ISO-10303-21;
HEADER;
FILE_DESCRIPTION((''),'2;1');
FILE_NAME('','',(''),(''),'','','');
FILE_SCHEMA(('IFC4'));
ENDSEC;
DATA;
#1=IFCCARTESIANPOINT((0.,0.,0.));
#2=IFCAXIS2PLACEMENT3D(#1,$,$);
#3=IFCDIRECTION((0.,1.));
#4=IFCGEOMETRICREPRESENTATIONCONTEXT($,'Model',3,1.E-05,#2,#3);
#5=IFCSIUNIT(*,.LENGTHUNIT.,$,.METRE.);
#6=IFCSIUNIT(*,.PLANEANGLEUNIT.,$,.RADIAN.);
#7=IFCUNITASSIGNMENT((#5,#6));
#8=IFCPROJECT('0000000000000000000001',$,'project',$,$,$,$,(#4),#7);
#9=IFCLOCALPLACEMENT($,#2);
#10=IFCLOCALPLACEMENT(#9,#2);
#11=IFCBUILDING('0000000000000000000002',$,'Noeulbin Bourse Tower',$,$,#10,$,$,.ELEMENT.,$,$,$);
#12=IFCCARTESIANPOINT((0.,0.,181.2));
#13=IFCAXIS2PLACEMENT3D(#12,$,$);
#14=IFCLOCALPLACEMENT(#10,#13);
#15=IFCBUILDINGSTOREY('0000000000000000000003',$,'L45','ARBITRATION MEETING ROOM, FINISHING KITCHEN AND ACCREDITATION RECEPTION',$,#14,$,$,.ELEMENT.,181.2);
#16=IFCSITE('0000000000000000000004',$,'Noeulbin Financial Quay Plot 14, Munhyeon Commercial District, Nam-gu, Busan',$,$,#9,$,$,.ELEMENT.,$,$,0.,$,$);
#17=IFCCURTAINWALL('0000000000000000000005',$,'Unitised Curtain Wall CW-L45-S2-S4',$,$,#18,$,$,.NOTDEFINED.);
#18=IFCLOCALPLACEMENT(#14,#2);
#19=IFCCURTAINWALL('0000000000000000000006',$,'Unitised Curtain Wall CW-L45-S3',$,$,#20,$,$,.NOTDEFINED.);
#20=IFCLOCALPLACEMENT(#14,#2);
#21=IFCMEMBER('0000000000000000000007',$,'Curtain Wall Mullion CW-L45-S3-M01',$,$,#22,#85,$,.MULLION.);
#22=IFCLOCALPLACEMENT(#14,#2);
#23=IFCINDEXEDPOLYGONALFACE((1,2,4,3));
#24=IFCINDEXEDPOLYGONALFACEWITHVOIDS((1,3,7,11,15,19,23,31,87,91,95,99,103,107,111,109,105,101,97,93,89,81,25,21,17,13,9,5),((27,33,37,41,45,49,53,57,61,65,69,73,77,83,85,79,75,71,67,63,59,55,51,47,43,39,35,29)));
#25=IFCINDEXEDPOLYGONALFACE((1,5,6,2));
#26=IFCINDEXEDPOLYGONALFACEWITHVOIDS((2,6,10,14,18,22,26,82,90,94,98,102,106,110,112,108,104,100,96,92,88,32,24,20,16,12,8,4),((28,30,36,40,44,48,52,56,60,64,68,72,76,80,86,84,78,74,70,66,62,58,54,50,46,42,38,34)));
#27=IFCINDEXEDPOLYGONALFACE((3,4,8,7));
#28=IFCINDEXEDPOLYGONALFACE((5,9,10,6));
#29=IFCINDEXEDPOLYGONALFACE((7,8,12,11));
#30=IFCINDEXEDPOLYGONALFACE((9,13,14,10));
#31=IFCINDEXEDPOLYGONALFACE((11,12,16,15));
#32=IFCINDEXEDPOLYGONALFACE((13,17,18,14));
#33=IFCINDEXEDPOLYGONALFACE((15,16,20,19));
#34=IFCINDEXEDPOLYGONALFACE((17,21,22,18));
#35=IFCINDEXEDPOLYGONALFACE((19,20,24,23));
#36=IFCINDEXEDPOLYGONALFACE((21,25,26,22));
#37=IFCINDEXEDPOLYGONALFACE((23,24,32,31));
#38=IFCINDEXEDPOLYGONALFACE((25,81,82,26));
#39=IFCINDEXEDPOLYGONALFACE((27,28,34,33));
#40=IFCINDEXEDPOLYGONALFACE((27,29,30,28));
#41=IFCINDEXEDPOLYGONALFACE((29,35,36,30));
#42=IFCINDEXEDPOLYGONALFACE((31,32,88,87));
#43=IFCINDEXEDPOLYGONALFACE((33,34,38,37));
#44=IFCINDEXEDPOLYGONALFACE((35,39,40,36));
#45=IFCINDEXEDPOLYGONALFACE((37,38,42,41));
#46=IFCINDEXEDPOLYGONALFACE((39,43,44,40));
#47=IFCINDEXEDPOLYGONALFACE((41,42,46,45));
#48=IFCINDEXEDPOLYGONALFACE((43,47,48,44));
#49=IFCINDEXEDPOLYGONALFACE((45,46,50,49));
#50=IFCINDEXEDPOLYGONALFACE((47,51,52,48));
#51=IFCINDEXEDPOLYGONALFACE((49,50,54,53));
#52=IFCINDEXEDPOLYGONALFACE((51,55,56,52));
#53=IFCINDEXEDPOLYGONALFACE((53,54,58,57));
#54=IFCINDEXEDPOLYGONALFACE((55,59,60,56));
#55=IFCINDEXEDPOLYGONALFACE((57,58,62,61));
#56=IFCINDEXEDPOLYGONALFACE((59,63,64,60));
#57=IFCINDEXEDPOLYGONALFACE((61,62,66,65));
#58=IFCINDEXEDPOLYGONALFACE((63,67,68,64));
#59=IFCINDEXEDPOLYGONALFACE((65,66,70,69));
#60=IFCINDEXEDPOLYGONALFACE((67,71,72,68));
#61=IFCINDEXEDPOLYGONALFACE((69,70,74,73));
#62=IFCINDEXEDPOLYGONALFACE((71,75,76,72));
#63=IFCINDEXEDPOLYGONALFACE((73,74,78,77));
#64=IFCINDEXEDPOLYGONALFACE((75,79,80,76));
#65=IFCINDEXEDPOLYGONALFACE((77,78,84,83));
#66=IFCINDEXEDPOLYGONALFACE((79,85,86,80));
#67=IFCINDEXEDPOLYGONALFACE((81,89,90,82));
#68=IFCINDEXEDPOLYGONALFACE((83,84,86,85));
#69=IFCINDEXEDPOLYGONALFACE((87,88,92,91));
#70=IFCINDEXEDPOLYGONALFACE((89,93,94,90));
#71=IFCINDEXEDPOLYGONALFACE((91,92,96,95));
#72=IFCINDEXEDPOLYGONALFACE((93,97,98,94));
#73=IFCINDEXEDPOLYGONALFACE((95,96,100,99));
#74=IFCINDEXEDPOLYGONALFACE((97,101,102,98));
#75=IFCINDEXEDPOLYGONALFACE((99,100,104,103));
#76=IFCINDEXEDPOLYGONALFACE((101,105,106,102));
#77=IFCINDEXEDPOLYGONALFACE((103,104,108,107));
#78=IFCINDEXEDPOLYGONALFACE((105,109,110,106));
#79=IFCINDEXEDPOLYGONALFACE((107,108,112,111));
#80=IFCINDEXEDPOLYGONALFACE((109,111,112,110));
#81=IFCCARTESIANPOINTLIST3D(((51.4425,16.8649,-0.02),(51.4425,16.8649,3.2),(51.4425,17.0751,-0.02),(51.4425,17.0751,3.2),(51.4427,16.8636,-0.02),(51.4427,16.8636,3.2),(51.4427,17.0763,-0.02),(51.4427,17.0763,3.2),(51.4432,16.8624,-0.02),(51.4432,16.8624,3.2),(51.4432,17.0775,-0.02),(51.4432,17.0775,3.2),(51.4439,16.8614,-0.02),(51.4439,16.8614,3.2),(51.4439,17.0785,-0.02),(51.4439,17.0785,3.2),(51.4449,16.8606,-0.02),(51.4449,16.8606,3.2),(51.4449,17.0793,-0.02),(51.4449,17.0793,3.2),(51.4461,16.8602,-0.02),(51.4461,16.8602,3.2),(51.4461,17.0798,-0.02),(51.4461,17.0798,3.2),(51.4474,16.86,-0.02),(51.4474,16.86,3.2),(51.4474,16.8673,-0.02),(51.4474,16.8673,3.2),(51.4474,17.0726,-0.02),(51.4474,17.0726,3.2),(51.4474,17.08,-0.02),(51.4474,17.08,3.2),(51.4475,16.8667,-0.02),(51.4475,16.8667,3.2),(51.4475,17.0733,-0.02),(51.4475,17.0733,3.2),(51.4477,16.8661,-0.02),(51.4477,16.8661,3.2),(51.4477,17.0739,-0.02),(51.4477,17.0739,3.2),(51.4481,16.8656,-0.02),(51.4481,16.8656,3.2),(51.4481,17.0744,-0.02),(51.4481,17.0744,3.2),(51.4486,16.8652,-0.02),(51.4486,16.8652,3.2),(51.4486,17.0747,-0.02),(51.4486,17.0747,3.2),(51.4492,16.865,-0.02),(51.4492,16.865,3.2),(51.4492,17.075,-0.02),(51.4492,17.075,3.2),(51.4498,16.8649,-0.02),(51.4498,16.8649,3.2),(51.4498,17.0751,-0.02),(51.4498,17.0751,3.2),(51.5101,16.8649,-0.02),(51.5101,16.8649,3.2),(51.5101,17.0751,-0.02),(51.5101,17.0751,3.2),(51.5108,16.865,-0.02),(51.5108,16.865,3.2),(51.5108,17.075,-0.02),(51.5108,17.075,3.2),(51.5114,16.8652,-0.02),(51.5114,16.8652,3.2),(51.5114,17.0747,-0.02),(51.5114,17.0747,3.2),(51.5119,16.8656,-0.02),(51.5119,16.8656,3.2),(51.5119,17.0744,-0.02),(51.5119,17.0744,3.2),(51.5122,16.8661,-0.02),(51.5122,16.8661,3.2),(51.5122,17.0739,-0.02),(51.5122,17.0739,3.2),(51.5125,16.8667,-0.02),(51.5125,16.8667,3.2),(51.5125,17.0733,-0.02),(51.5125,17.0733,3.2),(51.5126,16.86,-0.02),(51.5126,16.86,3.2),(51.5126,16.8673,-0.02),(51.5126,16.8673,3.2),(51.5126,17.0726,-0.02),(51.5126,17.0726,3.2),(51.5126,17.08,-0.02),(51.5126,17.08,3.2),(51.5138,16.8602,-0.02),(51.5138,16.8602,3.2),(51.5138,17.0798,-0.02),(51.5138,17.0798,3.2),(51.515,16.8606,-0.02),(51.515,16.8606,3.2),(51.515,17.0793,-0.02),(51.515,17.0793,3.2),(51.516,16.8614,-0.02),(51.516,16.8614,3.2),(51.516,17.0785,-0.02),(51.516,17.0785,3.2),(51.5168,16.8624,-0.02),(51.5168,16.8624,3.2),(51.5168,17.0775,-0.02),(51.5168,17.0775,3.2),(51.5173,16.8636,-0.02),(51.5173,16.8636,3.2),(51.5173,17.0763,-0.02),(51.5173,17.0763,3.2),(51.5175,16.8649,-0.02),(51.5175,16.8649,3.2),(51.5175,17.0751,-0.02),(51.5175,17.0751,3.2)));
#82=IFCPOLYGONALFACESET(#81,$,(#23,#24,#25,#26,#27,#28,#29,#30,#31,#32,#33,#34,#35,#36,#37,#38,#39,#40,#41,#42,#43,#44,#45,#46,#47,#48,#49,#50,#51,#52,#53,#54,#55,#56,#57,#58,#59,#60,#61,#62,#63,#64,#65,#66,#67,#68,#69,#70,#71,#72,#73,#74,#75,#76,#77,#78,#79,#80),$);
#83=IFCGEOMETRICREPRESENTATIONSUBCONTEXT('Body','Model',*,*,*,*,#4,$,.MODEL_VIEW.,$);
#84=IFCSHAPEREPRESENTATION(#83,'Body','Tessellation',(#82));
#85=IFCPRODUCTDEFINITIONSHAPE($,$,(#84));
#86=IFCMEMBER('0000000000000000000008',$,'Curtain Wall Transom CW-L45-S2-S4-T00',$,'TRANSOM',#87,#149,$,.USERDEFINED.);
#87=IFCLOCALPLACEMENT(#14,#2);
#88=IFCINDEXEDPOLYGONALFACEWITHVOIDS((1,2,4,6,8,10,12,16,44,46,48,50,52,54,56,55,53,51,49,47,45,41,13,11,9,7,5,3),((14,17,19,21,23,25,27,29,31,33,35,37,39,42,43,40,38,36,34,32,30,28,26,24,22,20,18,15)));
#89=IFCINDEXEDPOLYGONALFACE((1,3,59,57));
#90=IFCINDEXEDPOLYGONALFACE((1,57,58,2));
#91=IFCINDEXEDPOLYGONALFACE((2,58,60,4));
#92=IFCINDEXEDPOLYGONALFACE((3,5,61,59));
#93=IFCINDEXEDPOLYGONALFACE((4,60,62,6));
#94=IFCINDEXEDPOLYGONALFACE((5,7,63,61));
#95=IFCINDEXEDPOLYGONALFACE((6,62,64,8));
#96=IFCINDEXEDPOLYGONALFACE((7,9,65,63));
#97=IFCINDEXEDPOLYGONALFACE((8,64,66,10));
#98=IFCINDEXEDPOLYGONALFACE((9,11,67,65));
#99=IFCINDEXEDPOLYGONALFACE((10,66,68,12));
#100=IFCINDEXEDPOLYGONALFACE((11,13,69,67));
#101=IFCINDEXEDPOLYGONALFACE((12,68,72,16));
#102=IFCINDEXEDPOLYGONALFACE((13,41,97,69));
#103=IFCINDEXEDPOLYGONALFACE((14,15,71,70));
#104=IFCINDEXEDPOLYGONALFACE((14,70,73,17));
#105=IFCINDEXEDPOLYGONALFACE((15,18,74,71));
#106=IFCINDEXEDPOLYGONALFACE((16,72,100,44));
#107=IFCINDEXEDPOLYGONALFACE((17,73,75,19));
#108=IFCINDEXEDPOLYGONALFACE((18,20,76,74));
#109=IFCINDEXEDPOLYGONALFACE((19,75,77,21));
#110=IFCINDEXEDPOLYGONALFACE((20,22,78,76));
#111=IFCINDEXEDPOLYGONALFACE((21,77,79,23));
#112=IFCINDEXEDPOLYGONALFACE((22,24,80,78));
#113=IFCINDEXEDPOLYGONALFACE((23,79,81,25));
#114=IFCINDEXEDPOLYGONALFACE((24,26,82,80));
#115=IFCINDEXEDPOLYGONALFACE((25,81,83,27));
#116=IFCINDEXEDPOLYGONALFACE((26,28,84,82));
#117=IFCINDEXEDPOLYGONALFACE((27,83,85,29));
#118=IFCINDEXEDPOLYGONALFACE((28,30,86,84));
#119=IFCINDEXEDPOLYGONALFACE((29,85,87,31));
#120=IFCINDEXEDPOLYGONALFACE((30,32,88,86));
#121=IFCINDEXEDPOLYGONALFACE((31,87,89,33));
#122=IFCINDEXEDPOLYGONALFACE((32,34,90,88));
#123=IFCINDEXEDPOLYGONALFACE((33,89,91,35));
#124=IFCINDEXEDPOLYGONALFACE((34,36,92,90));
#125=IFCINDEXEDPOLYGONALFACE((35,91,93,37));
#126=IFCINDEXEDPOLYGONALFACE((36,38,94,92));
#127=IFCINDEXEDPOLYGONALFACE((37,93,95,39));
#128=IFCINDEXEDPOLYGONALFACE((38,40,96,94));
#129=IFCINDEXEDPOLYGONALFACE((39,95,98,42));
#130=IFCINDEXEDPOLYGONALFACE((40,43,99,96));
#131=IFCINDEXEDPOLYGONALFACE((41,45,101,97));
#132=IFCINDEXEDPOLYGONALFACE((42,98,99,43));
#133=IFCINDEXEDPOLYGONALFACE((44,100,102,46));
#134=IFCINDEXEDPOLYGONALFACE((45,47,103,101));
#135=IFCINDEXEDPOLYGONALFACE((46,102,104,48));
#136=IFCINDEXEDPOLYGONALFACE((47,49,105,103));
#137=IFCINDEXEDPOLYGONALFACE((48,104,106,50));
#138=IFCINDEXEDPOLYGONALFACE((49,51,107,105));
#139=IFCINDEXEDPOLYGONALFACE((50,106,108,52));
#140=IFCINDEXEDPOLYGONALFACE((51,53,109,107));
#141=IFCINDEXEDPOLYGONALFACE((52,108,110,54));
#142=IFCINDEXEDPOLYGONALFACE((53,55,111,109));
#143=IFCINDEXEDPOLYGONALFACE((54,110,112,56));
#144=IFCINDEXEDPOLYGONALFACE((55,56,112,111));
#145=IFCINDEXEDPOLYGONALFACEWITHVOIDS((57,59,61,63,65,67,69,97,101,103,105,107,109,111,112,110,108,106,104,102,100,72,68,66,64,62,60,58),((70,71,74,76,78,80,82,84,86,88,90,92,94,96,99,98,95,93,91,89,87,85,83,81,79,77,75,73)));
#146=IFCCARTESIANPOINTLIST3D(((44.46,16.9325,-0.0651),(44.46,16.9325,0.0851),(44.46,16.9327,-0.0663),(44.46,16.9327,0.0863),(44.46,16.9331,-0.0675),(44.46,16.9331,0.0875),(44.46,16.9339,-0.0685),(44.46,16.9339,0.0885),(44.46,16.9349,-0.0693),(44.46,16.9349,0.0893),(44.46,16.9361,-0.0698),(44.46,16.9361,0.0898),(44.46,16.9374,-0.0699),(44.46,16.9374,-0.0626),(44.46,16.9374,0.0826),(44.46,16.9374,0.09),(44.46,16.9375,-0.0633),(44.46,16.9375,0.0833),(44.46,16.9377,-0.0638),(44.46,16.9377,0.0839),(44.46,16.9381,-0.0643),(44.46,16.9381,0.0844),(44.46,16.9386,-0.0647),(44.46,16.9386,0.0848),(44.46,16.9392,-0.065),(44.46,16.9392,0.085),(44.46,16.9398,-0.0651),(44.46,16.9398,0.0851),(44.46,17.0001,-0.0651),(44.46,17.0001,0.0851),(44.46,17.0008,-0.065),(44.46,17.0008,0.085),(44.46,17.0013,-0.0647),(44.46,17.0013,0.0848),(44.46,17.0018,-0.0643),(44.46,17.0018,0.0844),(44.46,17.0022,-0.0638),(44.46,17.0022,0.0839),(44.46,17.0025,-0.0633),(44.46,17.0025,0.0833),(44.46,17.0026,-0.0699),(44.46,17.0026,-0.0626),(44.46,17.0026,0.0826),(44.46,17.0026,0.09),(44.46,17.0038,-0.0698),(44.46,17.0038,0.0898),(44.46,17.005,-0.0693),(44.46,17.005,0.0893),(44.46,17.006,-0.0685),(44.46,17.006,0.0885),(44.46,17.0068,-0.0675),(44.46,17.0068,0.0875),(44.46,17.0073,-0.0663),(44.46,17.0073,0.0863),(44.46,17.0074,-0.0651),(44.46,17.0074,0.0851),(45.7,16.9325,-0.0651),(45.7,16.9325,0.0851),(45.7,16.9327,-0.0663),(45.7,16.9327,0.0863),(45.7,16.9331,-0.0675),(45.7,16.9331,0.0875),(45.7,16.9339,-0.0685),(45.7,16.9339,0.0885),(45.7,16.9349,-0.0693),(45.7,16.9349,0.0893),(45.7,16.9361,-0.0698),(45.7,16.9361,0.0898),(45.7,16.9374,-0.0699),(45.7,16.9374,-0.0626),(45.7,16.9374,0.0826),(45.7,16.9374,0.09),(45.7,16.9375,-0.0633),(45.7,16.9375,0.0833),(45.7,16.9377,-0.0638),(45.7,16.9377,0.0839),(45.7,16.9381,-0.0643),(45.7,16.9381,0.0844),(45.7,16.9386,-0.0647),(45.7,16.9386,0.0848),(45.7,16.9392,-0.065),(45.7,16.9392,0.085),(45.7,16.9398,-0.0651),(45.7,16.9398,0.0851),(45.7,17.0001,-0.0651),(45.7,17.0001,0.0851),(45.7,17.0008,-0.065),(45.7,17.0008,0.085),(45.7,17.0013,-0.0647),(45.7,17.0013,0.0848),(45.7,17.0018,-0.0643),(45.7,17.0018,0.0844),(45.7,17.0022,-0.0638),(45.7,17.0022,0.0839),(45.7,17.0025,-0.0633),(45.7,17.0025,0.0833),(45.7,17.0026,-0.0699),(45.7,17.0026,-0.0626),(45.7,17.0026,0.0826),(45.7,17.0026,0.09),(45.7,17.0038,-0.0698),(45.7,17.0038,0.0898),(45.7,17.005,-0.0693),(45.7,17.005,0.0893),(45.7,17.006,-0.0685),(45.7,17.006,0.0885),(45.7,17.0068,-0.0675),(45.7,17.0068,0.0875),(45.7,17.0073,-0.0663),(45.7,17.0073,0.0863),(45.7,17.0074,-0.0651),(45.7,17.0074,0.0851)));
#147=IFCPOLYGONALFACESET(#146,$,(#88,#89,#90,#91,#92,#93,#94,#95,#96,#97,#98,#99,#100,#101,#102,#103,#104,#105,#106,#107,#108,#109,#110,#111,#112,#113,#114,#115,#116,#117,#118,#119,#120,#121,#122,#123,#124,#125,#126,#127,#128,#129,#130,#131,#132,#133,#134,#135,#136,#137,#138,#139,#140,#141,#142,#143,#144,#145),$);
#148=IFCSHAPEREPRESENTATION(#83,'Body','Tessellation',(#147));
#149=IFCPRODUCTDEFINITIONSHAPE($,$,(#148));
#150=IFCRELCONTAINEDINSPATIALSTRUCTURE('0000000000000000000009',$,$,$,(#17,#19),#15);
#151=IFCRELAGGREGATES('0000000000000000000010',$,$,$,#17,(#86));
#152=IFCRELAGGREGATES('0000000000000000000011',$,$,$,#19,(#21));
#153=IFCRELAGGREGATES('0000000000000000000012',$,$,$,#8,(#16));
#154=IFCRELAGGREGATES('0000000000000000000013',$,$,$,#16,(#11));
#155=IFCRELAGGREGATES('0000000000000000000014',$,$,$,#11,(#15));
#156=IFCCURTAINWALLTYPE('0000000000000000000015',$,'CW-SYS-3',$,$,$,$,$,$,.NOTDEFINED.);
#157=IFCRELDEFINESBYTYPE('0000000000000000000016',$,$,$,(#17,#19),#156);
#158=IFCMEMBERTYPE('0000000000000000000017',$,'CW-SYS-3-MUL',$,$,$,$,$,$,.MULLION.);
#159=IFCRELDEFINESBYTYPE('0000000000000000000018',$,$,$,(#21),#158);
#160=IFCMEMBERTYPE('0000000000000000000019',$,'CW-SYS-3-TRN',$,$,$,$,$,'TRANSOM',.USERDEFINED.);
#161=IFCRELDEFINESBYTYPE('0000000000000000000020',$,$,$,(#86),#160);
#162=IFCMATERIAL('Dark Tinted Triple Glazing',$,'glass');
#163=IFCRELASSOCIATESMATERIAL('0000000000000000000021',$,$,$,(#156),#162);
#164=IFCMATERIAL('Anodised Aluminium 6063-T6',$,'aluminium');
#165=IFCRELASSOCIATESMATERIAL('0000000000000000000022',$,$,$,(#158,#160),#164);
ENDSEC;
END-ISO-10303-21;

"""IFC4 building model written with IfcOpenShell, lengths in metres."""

from ifc_helpers import new_model, si_unit, direction, frame, origin, origin_2d, place, context, subcontext, project, spatial, hollow_rectangle, extrude, material, material_profile, profile_set, type_object, element, aggregate, save


model = new_model("IFC4")

# Units and contexts
model_context = context("Model", 3, precision=1e-05, world=origin(), true_north=direction((0.0, 1.0)))
body_context = subcontext(model_context, "Body", "Model", "MODEL_VIEW")
ifc_project = project(units=[si_unit("LENGTHUNIT", "METRE"), si_unit("PLANEANGLEUNIT", "RADIAN")], contexts=[model_context])

# Site, building, storey
site_placement = place(None, origin())
site = spatial("IfcSite", under=ifc_project, at=site_placement, Name="Noeulbin Financial Quay Plot 14, Munhyeon Commercial District, Nam-gu, Busan", CompositionType="ELEMENT", RefElevation=0.0)
building_placement = place(site_placement, origin())
building = spatial("IfcBuilding", under=site, at=building_placement, Name="Noeulbin Bourse Tower", CompositionType="ELEMENT")
storey_placement = place(building_placement, frame((0.0, 0.0, 181.2)))
storey = spatial("IfcBuildingStorey", under=building, at=storey_placement, Name="L45", Description="ARBITRATION MEETING ROOM, FINISHING KITCHEN AND ACCREDITATION RECEPTION", CompositionType="ELEMENT", Elevation=181.2)

# Shared definitions
ifc_material_1 = material(Name="Dark Tinted Triple Glazing", Category="glass")
curtain_wall_type = type_object("IfcCurtainWallType", Name="CW-SYS-3", PredefinedType="NOTDEFINED", material=ifc_material_1)
ifc_material_2 = material(Name="Anodised Aluminium 6063-T6", Category="aluminium")
ifc_material_profile_1 = material_profile(ifc_material_2, hollow_rectangle(XDim=0.075, YDim=0.22, WallThickness=0.0049, InnerFilletRadius=0.0024, OuterFilletRadius=0.0049, at=origin_2d()), Name="ALU-MULL-75x220x5", Category="LoadBearing")
ifc_profile_set_1 = profile_set([ifc_material_profile_1], Name="Anodised Aluminium 6063-T6")
member_type_1 = type_object("IfcMemberType", Name="CW-SYS-3-MUL", PredefinedType="MULLION", material=ifc_profile_set_1)

# Curtain walls, member
curtain_wall_1_placement = place(storey_placement, origin())
curtain_wall_1 = element("IfcCurtainWall", 1, at=curtain_wall_1_placement, inside=storey, type_object=curtain_wall_type, Name="Unitised Curtain Wall CW-L45-S2-S4", PredefinedType="NOTDEFINED")
curtain_wall_2_placement = place(storey_placement, origin())
curtain_wall_2 = element("IfcCurtainWall", 2, at=curtain_wall_2_placement, inside=storey, type_object=curtain_wall_type, Name="Unitised Curtain Wall CW-L45-S3", PredefinedType="NOTDEFINED")
member_1_placement = place(storey_placement, frame((51.48, 16.97, -0.02), z_axis=(0.0, 0.0, 1.0), x_axis=(1.0, 0.0, 0.0)))
member_1 = element("IfcMember", 3, at=member_1_placement, type_object=member_type_1, Name="Curtain Wall Mullion CW-L45-S3-M01", PredefinedType="MULLION", context=body_context, shape_type="SweptSolid", body=[
    extrude(hollow_rectangle(XDim=0.075, YDim=0.22, WallThickness=0.0049, InnerFilletRadius=0.0024, OuterFilletRadius=0.0049, at=origin_2d()), origin(), (0.0, 0.0, 1.0), 3.22),
])

# Member
ifc_material_profile_2 = material_profile(ifc_material_2, hollow_rectangle(XDim=0.075, YDim=0.1599, WallThickness=0.0049, InnerFilletRadius=0.0024, OuterFilletRadius=0.0049, at=origin_2d()), Name="ALU-TRAN-75x160x5", Category="LoadBearing")
ifc_profile_set_2 = profile_set([ifc_material_profile_2], Name="Anodised Aluminium 6063-T6")
member_type_2 = type_object("IfcMemberType", Name="CW-SYS-3-TRN", ElementType="TRANSOM", PredefinedType="USERDEFINED", material=ifc_profile_set_2)
member_2_placement = place(storey_placement, frame((44.46, 16.97, 0.01), z_axis=(1.0, 0.0, 0.0), x_axis=(0.0, 1.0, 0.0)))
member_2 = element("IfcMember", 4, at=member_2_placement, type_object=member_type_2, Name="Curtain Wall Transom CW-L45-S2-S4-T00", ObjectType="TRANSOM", PredefinedType="USERDEFINED", context=body_context, shape_type="SweptSolid", body=[
    extrude(hollow_rectangle(XDim=0.075, YDim=0.1599, WallThickness=0.0049, InnerFilletRadius=0.0024, OuterFilletRadius=0.0049, at=origin_2d()), origin(), (0.0, 0.0, 1.0), 1.24),
])

aggregate(curtain_wall_1, [member_2])
aggregate(curtain_wall_2, [member_1])

save(model, "model.ifc")
